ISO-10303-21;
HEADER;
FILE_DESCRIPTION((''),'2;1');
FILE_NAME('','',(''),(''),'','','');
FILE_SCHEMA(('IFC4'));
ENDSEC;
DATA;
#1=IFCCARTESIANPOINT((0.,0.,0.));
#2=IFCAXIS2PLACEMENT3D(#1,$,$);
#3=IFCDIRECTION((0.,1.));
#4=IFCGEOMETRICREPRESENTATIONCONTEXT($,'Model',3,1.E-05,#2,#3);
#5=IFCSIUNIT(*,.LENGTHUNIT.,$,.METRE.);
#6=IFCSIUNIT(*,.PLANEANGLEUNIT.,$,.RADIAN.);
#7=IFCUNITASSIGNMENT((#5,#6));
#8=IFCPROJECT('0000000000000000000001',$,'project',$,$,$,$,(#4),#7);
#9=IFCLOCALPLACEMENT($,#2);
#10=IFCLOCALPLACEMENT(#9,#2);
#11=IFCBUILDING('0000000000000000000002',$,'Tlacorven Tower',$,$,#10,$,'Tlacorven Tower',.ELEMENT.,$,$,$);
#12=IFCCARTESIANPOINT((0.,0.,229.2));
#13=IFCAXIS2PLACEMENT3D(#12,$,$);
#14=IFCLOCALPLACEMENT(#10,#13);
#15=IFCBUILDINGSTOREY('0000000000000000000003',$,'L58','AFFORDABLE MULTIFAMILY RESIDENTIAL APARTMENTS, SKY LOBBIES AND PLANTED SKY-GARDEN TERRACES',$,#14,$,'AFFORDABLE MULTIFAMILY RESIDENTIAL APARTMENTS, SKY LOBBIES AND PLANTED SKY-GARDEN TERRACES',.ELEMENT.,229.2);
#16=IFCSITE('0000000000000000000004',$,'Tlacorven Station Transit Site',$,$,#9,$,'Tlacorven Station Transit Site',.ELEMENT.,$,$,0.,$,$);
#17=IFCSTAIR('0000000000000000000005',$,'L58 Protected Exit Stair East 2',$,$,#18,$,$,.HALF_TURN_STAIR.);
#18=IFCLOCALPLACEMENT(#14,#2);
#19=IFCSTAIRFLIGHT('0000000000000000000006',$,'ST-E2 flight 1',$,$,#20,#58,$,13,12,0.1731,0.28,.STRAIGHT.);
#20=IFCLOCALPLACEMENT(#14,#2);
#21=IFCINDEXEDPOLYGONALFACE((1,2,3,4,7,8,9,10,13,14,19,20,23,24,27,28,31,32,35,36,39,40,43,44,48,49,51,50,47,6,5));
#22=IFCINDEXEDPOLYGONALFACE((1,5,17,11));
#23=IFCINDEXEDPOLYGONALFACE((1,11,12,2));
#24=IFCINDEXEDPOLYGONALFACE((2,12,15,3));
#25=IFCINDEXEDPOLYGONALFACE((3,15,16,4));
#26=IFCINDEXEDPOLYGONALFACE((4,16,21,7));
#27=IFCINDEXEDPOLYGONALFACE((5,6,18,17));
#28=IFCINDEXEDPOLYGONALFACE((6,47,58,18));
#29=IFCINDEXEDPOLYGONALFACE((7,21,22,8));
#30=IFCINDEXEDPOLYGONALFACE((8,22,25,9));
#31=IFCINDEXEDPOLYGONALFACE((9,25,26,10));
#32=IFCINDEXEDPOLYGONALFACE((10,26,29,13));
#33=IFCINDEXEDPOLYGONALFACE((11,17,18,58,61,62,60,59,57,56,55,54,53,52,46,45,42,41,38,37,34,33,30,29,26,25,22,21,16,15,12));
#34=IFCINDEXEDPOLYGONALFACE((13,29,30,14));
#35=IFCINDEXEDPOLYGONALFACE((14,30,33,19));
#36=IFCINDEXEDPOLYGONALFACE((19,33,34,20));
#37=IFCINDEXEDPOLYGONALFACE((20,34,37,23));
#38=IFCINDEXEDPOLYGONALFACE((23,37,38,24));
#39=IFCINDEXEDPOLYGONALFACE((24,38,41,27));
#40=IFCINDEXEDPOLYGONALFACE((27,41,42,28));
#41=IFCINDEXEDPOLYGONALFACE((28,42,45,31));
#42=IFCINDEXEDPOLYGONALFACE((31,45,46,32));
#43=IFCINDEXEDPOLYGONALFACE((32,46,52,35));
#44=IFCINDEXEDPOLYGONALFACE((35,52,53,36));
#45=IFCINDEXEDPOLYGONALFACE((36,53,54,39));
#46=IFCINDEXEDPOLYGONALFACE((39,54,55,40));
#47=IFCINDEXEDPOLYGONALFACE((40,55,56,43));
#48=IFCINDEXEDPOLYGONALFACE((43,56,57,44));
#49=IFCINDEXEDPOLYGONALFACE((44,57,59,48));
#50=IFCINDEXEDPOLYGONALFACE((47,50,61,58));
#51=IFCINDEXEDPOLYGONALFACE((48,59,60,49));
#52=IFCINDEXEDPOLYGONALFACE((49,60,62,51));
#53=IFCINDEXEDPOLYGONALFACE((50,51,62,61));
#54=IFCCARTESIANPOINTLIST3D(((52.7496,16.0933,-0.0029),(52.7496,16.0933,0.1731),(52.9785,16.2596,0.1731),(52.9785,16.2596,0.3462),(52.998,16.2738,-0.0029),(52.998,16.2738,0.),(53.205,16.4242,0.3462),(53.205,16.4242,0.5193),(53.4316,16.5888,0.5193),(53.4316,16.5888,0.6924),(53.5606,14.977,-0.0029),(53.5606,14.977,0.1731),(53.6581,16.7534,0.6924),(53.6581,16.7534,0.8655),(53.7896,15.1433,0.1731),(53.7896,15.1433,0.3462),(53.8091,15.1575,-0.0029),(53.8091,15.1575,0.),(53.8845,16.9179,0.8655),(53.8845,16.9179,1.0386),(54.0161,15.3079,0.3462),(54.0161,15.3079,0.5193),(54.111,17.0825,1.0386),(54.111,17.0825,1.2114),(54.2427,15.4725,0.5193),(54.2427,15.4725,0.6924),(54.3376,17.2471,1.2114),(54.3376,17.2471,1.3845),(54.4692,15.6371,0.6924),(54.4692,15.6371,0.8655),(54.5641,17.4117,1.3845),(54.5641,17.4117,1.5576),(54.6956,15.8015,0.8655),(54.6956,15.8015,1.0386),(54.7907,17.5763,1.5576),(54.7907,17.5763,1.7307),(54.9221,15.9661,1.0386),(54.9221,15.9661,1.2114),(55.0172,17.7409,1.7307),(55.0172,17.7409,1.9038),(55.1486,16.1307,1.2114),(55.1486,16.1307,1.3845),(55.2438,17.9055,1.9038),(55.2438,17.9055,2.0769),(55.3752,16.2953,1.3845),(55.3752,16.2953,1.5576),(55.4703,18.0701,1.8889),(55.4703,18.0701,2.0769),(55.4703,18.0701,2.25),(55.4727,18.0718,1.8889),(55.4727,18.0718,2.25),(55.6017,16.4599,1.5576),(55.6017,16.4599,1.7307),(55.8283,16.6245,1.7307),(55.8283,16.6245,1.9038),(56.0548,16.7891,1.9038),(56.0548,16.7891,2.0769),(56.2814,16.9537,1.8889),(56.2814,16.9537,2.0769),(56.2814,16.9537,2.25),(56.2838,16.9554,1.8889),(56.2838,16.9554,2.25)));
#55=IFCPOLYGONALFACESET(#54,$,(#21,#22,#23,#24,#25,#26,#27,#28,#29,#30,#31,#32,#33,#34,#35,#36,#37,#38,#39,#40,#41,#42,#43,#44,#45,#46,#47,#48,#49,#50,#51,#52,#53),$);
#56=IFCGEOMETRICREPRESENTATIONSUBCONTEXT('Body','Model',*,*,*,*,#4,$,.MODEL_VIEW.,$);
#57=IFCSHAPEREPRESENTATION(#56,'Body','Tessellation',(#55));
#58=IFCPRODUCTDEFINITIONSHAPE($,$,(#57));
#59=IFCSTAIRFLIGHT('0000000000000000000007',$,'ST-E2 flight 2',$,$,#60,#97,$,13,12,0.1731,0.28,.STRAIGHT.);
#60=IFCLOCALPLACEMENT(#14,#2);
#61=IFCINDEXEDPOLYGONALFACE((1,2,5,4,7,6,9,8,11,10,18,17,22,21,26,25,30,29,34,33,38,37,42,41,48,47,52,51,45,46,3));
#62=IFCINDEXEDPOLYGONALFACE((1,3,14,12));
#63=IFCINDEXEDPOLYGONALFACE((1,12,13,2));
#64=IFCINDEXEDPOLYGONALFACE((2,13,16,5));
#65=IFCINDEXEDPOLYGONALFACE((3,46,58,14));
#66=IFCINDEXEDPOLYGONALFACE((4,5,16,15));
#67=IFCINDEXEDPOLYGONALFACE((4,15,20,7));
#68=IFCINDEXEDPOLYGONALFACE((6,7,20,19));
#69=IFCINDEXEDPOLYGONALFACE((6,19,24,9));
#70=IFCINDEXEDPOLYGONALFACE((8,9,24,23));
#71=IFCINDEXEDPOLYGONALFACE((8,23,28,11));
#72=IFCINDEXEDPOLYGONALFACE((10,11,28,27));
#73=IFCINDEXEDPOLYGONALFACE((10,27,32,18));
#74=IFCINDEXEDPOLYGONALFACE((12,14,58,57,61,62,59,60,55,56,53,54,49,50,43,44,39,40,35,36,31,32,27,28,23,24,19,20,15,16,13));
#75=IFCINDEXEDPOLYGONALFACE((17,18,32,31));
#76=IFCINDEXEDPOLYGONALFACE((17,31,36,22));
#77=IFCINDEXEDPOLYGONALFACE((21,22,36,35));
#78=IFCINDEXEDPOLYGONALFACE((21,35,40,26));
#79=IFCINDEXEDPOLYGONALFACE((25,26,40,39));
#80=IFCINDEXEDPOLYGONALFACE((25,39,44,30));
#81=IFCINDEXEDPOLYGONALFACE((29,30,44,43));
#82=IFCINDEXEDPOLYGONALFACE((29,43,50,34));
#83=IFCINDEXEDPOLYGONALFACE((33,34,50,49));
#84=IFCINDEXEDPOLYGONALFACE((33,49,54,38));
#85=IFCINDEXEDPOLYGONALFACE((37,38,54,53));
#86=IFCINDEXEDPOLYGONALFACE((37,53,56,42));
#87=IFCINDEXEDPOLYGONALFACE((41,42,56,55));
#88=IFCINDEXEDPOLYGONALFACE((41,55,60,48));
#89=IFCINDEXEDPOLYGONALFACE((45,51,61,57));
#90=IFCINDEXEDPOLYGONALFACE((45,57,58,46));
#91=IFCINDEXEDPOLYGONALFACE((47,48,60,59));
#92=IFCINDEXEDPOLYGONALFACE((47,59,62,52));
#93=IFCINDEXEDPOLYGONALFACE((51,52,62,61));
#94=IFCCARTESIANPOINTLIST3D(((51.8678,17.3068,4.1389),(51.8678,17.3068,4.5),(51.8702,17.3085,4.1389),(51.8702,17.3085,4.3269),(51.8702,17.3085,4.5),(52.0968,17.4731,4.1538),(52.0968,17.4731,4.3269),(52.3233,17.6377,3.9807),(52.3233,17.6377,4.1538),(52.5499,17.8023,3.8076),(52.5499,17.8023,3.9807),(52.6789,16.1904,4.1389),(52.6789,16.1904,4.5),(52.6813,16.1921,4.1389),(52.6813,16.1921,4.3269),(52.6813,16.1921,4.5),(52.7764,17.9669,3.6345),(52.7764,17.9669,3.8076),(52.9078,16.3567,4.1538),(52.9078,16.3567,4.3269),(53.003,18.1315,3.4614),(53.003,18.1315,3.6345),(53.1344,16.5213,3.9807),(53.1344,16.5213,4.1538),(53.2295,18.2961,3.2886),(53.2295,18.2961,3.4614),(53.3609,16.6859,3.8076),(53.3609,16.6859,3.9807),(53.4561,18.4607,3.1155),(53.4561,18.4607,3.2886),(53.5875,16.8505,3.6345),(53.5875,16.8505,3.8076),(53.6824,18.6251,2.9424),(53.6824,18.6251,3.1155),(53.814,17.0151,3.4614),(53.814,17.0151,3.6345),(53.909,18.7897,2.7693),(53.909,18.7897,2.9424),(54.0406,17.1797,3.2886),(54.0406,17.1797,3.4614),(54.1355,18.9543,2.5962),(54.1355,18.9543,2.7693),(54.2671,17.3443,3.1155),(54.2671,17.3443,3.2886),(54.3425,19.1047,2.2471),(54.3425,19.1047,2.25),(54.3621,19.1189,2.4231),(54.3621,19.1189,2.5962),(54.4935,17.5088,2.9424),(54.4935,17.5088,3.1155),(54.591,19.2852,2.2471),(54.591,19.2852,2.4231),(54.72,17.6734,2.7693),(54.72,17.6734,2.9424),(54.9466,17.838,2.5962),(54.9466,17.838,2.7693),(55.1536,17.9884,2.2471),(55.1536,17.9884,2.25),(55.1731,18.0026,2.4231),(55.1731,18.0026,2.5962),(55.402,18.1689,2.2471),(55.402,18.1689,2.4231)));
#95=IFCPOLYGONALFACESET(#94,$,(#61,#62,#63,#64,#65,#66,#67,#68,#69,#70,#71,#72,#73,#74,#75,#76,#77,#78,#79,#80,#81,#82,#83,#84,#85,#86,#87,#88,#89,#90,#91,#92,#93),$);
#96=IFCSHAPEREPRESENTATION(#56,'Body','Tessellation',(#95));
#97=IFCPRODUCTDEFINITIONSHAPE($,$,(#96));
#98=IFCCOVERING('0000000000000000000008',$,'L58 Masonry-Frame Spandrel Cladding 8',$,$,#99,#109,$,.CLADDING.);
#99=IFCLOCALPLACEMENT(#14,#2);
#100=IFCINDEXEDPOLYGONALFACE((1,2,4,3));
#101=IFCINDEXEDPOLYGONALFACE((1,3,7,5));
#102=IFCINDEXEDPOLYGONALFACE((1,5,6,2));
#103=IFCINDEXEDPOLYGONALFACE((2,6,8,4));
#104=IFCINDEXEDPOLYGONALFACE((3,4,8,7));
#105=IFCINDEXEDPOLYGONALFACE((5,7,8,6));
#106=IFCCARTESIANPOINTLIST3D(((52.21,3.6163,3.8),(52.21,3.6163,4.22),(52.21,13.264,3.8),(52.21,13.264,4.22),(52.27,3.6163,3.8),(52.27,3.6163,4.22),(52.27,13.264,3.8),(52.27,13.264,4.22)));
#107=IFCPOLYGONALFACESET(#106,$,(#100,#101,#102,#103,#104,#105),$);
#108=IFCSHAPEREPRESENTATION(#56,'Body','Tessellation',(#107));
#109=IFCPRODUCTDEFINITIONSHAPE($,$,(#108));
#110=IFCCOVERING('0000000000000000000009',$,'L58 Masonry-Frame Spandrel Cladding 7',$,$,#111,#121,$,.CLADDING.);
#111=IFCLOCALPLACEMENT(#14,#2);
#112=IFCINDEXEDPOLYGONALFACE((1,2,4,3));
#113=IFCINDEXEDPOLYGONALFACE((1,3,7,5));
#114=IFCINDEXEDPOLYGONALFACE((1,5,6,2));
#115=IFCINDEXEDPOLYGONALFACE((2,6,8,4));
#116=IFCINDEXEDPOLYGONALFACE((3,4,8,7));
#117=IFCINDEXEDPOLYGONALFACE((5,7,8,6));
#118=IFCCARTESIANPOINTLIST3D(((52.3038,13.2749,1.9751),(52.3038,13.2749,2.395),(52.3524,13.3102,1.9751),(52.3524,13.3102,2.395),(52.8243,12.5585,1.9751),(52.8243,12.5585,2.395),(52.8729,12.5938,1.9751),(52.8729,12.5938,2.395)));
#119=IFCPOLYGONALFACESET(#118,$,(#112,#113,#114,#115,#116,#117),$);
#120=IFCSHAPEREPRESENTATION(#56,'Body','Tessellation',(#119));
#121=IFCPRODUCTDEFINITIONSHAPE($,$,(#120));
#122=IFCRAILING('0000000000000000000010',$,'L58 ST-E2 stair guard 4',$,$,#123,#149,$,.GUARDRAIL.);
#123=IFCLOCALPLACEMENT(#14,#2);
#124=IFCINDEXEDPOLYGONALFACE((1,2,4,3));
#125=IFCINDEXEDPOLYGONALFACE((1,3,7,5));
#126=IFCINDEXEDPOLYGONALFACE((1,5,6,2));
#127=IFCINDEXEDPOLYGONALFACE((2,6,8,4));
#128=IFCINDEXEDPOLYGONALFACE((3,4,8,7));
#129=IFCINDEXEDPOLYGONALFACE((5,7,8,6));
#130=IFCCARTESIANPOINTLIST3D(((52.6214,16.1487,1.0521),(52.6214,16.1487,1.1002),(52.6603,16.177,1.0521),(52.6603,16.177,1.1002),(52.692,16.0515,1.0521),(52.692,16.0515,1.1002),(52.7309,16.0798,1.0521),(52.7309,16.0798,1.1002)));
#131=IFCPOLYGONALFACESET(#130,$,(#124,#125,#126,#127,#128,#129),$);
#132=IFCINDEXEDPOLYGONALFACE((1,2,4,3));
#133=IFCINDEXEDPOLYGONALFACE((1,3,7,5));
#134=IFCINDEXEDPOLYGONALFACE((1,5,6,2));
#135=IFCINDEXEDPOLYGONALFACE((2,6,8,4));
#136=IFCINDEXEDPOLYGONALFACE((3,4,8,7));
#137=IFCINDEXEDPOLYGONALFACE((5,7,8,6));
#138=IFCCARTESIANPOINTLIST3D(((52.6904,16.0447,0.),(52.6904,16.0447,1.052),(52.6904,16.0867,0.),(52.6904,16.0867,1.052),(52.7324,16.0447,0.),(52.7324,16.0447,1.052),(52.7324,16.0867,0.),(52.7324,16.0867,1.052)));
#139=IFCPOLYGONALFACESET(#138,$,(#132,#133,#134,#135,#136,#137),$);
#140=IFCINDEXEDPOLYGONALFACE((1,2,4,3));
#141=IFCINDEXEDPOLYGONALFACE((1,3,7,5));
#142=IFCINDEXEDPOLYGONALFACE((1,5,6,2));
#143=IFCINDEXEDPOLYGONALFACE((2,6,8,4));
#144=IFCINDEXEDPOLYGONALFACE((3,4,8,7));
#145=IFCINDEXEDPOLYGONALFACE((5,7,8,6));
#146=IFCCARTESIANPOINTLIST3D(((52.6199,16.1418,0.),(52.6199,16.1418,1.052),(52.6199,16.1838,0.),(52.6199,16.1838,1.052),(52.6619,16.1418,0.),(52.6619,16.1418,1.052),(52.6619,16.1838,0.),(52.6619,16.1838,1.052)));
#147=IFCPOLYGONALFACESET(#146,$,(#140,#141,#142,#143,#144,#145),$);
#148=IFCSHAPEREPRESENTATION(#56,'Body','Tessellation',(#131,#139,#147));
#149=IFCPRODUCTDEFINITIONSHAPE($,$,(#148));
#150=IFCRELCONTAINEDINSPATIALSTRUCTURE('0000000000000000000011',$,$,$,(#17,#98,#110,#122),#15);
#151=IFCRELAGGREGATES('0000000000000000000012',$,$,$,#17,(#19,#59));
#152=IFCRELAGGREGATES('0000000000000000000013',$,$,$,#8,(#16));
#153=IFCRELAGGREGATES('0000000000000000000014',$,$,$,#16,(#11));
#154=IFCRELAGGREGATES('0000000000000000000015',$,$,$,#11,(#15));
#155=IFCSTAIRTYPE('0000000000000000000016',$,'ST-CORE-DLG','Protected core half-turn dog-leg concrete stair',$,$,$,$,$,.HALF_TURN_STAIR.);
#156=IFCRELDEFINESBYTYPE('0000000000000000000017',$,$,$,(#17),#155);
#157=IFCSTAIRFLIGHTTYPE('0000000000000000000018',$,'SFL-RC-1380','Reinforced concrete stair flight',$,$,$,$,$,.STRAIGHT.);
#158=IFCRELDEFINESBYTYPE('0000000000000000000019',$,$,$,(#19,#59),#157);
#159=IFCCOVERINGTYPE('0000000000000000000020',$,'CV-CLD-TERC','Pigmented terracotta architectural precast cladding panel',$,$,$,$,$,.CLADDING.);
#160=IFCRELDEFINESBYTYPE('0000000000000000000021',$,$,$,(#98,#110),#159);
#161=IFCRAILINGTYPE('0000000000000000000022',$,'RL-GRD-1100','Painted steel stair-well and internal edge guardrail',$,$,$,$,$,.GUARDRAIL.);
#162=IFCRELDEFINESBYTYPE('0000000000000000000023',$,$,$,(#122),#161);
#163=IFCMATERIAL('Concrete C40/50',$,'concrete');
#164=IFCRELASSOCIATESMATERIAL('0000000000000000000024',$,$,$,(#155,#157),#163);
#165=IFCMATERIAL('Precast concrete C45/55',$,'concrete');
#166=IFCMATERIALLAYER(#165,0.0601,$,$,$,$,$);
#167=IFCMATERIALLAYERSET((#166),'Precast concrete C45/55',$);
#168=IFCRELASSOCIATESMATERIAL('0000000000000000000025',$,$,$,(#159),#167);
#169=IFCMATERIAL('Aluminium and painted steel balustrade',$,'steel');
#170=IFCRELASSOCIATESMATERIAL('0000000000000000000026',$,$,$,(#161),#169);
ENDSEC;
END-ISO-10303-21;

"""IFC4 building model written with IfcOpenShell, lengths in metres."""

from ifc_helpers import new_model, si_unit, direction, frame, origin, origin_2d, place, context, subcontext, project, spatial, polyline, rectangle, outline, extrude, source, transform, mapped, material, layer, layer_set, type_object, element, aggregate, save


model = new_model("IFC4")

# Units and contexts
model_context = context("Model", 3, precision=1e-05, world=origin(), true_north=direction((0.0, 1.0)))
body_context = subcontext(model_context, "Body", "Model", "MODEL_VIEW")
ifc_project = project(units=[si_unit("LENGTHUNIT", "METRE"), si_unit("PLANEANGLEUNIT", "RADIAN")], contexts=[model_context])

# Site, building, storey
site_placement = place(None, origin())
site = spatial("IfcSite", under=ifc_project, at=site_placement, Name="Tlacorven Station Transit Site", LongName="Tlacorven Station Transit Site", CompositionType="ELEMENT", RefElevation=0.0)
building_placement = place(site_placement, origin())
building = spatial("IfcBuilding", under=site, at=building_placement, Name="Tlacorven Tower", LongName="Tlacorven Tower", CompositionType="ELEMENT")
storey_placement = place(building_placement, frame((0.0, 0.0, 229.2)))
storey = spatial("IfcBuildingStorey", under=building, at=storey_placement, Name="L58", Description="AFFORDABLE MULTIFAMILY RESIDENTIAL APARTMENTS, SKY LOBBIES AND PLANTED SKY-GARDEN TERRACES", LongName="AFFORDABLE MULTIFAMILY RESIDENTIAL APARTMENTS, SKY LOBBIES AND PLANTED SKY-GARDEN TERRACES", CompositionType="ELEMENT", Elevation=229.2)

# Shared definitions
ifc_material_1 = material(Name="Precast concrete C45/55", Category="concrete")

# Stair, stair flights
ifc_material_2 = material(Name="Concrete C40/50", Category="concrete")
stair_type = type_object("IfcStairType", Name="ST-CORE-DLG", Description="Protected core half-turn dog-leg concrete stair", PredefinedType="HALF_TURN_STAIR", material=ifc_material_2)
stair_placement = place(storey_placement, origin())
stair = element("IfcStair", 1, at=stair_placement, inside=storey, type_object=stair_type, Name="L58 Protected Exit Stair East 2", PredefinedType="HALF_TURN_STAIR")
stair_flight_type = type_object("IfcStairFlightType", Name="SFL-RC-1380", Description="Reinforced concrete stair flight", PredefinedType="STRAIGHT", material=ifc_material_2)
shared_shape_1 = source(origin(), body_context, "Body", "SweptSolid", [
    extrude(outline(polyline([(-0.0029, -0.0029), (-0.0029, 0.1731), (0.28, 0.1731), (0.28, 0.3462), (0.5601, 0.3462), (0.5601, 0.5193), (0.8401, 0.5193), (0.8401, 0.6924), (1.1201, 0.6924), (1.1201, 0.8655), (1.3999, 0.8655), (1.3999, 1.0386), (1.6799, 1.0386), (1.6799, 1.2114), (1.96, 1.2114), (1.96, 1.3845), (2.24, 1.3845), (2.24, 1.5576), (2.52, 1.5576), (2.52, 1.7307), (2.8, 1.7307), (2.8, 1.9038), (3.0801, 1.9038), (3.0801, 2.0769), (3.3601, 2.0769), (3.3601, 2.25), (3.363, 2.25), (3.363, 1.8889), (3.3601, 1.8889), (0.3042, 0.0), (0.3042, -0.0029), (-0.0029, -0.0029)])), frame((0.0, 0.6899, 0.0), z_axis=(0.0, -1.0, 0.0), x_axis=(1.0, 0.0, 0.0)), (0.0, 0.0, 1.0), 1.3799),
])
stair_flight_1_placement = place(storey_placement, frame((53.1575, 15.5369, 0.0), z_axis=(0.0, 0.0, 1.0), x_axis=(0.809017, 0.587785, 0.0)))
stair_flight_1 = element("IfcStairFlight", 2, at=stair_flight_1_placement, type_object=stair_flight_type, Name="ST-E2 flight 1", NumberOfRisers=13, NumberOfTreads=12, PredefinedType="STRAIGHT", RiserHeight=0.1731, TreadLength=0.28, context=body_context, shape_type="MappedRepresentation", body=[
    mapped(shared_shape_1, transform((0.0, 0.0, 0.0), scale=1.0)),
])
stair_flight_2_placement = place(storey_placement, frame((54.9941, 18.7253, 2.25), z_axis=(0.0, 0.0, 1.0), x_axis=(-0.809017, -0.587785, 0.0)))
stair_flight_2 = element("IfcStairFlight", 3, at=stair_flight_2_placement, type_object=stair_flight_type, Name="ST-E2 flight 2", NumberOfRisers=13, NumberOfTreads=12, PredefinedType="STRAIGHT", RiserHeight=0.1731, TreadLength=0.28, context=body_context, shape_type="MappedRepresentation", body=[
    mapped(shared_shape_1, transform((0.0, 0.0, 0.0), scale=1.0)),
])
aggregate(stair, [stair_flight_1, stair_flight_2])

# Coverings
ifc_layer_1 = layer(ifc_material_1, 0.0601)
ifc_layer_set_1 = layer_set([ifc_layer_1], Name="Precast concrete C45/55")
covering_type = type_object("IfcCoveringType", Name="CV-CLD-TERC", Description="Pigmented terracotta architectural precast cladding panel", PredefinedType="CLADDING", material=ifc_layer_set_1)
shared_shape_2 = source(origin(), body_context, "Body", "SweptSolid", [
    extrude(rectangle(XDim=9.6477, YDim=0.0601, at=origin_2d()), origin(), (0.0, 0.0, 1.0), 0.4199),
])
covering_1_placement = place(storey_placement, frame((52.24, 8.4402, 3.8), z_axis=(0.0, 0.0, 1.0), x_axis=(0.0, -1.0, 0.0)))
element("IfcCovering", 4, at=covering_1_placement, inside=storey, type_object=covering_type, Name="L58 Masonry-Frame Spandrel Cladding 8", PredefinedType="CLADDING", context=body_context, shape_type="MappedRepresentation", body=[
    mapped(shared_shape_2, transform((0.0, 0.0, 0.0), scale=1.0)),
])
shared_shape_3 = source(origin(), body_context, "Body", "SweptSolid", [
    extrude(rectangle(XDim=0.8855, YDim=0.0601, at=origin_2d()), origin(), (0.0, 0.0, 1.0), 0.4199),
])
covering_2_placement = place(storey_placement, frame((52.5884, 12.9343, 1.9751), z_axis=(0.0, 0.0, 1.0), x_axis=(-0.587784, 0.809018, 0.0)))
element("IfcCovering", 5, at=covering_2_placement, inside=storey, type_object=covering_type, Name="L58 Masonry-Frame Spandrel Cladding 7", PredefinedType="CLADDING", context=body_context, shape_type="MappedRepresentation", body=[
    mapped(shared_shape_3, transform((0.0, 0.0, 0.0), scale=1.0)),
])

# Railing
ifc_material_3 = material(Name="Aluminium and painted steel balustrade", Category="steel")
railing_type_1 = type_object("IfcRailingType", Name="RL-GRD-1100", Description="Painted steel stair-well and internal edge guardrail", PredefinedType="GUARDRAIL", material=ifc_material_3)
shared_shape_4 = source(origin(), body_context, "Body", "SweptSolid", [
    extrude(rectangle(XDim=0.0481, YDim=0.0481, at=origin_2d()), frame((0.0, 0.0, 1.0762), z_axis=(-0.587567, 0.809175, 0.0), x_axis=(-0.809175, -0.587567, 0.0)), (0.0, 0.0, 1.0), 0.1201),
    extrude(rectangle(XDim=0.042, YDim=0.042, at=origin_2d()), origin(), (0.0, 0.0, 1.0), 1.052),
    extrude(rectangle(XDim=0.042, YDim=0.042, at=origin_2d()), frame((-0.0706, 0.0972, 0.0)), (0.0, 0.0, 1.0), 1.052),
])
railing_1_placement = place(storey_placement, frame((52.7114, 16.0657, 0.0)))
element("IfcRailing", 6, at=railing_1_placement, inside=storey, type_object=railing_type_1, Name="L58 ST-E2 stair guard 4", PredefinedType="GUARDRAIL", context=body_context, shape_type="MappedRepresentation", body=[
    mapped(shared_shape_4, transform((0.0, 0.0, 0.0), scale=1.0)),
])

save(model, "model.ifc")
